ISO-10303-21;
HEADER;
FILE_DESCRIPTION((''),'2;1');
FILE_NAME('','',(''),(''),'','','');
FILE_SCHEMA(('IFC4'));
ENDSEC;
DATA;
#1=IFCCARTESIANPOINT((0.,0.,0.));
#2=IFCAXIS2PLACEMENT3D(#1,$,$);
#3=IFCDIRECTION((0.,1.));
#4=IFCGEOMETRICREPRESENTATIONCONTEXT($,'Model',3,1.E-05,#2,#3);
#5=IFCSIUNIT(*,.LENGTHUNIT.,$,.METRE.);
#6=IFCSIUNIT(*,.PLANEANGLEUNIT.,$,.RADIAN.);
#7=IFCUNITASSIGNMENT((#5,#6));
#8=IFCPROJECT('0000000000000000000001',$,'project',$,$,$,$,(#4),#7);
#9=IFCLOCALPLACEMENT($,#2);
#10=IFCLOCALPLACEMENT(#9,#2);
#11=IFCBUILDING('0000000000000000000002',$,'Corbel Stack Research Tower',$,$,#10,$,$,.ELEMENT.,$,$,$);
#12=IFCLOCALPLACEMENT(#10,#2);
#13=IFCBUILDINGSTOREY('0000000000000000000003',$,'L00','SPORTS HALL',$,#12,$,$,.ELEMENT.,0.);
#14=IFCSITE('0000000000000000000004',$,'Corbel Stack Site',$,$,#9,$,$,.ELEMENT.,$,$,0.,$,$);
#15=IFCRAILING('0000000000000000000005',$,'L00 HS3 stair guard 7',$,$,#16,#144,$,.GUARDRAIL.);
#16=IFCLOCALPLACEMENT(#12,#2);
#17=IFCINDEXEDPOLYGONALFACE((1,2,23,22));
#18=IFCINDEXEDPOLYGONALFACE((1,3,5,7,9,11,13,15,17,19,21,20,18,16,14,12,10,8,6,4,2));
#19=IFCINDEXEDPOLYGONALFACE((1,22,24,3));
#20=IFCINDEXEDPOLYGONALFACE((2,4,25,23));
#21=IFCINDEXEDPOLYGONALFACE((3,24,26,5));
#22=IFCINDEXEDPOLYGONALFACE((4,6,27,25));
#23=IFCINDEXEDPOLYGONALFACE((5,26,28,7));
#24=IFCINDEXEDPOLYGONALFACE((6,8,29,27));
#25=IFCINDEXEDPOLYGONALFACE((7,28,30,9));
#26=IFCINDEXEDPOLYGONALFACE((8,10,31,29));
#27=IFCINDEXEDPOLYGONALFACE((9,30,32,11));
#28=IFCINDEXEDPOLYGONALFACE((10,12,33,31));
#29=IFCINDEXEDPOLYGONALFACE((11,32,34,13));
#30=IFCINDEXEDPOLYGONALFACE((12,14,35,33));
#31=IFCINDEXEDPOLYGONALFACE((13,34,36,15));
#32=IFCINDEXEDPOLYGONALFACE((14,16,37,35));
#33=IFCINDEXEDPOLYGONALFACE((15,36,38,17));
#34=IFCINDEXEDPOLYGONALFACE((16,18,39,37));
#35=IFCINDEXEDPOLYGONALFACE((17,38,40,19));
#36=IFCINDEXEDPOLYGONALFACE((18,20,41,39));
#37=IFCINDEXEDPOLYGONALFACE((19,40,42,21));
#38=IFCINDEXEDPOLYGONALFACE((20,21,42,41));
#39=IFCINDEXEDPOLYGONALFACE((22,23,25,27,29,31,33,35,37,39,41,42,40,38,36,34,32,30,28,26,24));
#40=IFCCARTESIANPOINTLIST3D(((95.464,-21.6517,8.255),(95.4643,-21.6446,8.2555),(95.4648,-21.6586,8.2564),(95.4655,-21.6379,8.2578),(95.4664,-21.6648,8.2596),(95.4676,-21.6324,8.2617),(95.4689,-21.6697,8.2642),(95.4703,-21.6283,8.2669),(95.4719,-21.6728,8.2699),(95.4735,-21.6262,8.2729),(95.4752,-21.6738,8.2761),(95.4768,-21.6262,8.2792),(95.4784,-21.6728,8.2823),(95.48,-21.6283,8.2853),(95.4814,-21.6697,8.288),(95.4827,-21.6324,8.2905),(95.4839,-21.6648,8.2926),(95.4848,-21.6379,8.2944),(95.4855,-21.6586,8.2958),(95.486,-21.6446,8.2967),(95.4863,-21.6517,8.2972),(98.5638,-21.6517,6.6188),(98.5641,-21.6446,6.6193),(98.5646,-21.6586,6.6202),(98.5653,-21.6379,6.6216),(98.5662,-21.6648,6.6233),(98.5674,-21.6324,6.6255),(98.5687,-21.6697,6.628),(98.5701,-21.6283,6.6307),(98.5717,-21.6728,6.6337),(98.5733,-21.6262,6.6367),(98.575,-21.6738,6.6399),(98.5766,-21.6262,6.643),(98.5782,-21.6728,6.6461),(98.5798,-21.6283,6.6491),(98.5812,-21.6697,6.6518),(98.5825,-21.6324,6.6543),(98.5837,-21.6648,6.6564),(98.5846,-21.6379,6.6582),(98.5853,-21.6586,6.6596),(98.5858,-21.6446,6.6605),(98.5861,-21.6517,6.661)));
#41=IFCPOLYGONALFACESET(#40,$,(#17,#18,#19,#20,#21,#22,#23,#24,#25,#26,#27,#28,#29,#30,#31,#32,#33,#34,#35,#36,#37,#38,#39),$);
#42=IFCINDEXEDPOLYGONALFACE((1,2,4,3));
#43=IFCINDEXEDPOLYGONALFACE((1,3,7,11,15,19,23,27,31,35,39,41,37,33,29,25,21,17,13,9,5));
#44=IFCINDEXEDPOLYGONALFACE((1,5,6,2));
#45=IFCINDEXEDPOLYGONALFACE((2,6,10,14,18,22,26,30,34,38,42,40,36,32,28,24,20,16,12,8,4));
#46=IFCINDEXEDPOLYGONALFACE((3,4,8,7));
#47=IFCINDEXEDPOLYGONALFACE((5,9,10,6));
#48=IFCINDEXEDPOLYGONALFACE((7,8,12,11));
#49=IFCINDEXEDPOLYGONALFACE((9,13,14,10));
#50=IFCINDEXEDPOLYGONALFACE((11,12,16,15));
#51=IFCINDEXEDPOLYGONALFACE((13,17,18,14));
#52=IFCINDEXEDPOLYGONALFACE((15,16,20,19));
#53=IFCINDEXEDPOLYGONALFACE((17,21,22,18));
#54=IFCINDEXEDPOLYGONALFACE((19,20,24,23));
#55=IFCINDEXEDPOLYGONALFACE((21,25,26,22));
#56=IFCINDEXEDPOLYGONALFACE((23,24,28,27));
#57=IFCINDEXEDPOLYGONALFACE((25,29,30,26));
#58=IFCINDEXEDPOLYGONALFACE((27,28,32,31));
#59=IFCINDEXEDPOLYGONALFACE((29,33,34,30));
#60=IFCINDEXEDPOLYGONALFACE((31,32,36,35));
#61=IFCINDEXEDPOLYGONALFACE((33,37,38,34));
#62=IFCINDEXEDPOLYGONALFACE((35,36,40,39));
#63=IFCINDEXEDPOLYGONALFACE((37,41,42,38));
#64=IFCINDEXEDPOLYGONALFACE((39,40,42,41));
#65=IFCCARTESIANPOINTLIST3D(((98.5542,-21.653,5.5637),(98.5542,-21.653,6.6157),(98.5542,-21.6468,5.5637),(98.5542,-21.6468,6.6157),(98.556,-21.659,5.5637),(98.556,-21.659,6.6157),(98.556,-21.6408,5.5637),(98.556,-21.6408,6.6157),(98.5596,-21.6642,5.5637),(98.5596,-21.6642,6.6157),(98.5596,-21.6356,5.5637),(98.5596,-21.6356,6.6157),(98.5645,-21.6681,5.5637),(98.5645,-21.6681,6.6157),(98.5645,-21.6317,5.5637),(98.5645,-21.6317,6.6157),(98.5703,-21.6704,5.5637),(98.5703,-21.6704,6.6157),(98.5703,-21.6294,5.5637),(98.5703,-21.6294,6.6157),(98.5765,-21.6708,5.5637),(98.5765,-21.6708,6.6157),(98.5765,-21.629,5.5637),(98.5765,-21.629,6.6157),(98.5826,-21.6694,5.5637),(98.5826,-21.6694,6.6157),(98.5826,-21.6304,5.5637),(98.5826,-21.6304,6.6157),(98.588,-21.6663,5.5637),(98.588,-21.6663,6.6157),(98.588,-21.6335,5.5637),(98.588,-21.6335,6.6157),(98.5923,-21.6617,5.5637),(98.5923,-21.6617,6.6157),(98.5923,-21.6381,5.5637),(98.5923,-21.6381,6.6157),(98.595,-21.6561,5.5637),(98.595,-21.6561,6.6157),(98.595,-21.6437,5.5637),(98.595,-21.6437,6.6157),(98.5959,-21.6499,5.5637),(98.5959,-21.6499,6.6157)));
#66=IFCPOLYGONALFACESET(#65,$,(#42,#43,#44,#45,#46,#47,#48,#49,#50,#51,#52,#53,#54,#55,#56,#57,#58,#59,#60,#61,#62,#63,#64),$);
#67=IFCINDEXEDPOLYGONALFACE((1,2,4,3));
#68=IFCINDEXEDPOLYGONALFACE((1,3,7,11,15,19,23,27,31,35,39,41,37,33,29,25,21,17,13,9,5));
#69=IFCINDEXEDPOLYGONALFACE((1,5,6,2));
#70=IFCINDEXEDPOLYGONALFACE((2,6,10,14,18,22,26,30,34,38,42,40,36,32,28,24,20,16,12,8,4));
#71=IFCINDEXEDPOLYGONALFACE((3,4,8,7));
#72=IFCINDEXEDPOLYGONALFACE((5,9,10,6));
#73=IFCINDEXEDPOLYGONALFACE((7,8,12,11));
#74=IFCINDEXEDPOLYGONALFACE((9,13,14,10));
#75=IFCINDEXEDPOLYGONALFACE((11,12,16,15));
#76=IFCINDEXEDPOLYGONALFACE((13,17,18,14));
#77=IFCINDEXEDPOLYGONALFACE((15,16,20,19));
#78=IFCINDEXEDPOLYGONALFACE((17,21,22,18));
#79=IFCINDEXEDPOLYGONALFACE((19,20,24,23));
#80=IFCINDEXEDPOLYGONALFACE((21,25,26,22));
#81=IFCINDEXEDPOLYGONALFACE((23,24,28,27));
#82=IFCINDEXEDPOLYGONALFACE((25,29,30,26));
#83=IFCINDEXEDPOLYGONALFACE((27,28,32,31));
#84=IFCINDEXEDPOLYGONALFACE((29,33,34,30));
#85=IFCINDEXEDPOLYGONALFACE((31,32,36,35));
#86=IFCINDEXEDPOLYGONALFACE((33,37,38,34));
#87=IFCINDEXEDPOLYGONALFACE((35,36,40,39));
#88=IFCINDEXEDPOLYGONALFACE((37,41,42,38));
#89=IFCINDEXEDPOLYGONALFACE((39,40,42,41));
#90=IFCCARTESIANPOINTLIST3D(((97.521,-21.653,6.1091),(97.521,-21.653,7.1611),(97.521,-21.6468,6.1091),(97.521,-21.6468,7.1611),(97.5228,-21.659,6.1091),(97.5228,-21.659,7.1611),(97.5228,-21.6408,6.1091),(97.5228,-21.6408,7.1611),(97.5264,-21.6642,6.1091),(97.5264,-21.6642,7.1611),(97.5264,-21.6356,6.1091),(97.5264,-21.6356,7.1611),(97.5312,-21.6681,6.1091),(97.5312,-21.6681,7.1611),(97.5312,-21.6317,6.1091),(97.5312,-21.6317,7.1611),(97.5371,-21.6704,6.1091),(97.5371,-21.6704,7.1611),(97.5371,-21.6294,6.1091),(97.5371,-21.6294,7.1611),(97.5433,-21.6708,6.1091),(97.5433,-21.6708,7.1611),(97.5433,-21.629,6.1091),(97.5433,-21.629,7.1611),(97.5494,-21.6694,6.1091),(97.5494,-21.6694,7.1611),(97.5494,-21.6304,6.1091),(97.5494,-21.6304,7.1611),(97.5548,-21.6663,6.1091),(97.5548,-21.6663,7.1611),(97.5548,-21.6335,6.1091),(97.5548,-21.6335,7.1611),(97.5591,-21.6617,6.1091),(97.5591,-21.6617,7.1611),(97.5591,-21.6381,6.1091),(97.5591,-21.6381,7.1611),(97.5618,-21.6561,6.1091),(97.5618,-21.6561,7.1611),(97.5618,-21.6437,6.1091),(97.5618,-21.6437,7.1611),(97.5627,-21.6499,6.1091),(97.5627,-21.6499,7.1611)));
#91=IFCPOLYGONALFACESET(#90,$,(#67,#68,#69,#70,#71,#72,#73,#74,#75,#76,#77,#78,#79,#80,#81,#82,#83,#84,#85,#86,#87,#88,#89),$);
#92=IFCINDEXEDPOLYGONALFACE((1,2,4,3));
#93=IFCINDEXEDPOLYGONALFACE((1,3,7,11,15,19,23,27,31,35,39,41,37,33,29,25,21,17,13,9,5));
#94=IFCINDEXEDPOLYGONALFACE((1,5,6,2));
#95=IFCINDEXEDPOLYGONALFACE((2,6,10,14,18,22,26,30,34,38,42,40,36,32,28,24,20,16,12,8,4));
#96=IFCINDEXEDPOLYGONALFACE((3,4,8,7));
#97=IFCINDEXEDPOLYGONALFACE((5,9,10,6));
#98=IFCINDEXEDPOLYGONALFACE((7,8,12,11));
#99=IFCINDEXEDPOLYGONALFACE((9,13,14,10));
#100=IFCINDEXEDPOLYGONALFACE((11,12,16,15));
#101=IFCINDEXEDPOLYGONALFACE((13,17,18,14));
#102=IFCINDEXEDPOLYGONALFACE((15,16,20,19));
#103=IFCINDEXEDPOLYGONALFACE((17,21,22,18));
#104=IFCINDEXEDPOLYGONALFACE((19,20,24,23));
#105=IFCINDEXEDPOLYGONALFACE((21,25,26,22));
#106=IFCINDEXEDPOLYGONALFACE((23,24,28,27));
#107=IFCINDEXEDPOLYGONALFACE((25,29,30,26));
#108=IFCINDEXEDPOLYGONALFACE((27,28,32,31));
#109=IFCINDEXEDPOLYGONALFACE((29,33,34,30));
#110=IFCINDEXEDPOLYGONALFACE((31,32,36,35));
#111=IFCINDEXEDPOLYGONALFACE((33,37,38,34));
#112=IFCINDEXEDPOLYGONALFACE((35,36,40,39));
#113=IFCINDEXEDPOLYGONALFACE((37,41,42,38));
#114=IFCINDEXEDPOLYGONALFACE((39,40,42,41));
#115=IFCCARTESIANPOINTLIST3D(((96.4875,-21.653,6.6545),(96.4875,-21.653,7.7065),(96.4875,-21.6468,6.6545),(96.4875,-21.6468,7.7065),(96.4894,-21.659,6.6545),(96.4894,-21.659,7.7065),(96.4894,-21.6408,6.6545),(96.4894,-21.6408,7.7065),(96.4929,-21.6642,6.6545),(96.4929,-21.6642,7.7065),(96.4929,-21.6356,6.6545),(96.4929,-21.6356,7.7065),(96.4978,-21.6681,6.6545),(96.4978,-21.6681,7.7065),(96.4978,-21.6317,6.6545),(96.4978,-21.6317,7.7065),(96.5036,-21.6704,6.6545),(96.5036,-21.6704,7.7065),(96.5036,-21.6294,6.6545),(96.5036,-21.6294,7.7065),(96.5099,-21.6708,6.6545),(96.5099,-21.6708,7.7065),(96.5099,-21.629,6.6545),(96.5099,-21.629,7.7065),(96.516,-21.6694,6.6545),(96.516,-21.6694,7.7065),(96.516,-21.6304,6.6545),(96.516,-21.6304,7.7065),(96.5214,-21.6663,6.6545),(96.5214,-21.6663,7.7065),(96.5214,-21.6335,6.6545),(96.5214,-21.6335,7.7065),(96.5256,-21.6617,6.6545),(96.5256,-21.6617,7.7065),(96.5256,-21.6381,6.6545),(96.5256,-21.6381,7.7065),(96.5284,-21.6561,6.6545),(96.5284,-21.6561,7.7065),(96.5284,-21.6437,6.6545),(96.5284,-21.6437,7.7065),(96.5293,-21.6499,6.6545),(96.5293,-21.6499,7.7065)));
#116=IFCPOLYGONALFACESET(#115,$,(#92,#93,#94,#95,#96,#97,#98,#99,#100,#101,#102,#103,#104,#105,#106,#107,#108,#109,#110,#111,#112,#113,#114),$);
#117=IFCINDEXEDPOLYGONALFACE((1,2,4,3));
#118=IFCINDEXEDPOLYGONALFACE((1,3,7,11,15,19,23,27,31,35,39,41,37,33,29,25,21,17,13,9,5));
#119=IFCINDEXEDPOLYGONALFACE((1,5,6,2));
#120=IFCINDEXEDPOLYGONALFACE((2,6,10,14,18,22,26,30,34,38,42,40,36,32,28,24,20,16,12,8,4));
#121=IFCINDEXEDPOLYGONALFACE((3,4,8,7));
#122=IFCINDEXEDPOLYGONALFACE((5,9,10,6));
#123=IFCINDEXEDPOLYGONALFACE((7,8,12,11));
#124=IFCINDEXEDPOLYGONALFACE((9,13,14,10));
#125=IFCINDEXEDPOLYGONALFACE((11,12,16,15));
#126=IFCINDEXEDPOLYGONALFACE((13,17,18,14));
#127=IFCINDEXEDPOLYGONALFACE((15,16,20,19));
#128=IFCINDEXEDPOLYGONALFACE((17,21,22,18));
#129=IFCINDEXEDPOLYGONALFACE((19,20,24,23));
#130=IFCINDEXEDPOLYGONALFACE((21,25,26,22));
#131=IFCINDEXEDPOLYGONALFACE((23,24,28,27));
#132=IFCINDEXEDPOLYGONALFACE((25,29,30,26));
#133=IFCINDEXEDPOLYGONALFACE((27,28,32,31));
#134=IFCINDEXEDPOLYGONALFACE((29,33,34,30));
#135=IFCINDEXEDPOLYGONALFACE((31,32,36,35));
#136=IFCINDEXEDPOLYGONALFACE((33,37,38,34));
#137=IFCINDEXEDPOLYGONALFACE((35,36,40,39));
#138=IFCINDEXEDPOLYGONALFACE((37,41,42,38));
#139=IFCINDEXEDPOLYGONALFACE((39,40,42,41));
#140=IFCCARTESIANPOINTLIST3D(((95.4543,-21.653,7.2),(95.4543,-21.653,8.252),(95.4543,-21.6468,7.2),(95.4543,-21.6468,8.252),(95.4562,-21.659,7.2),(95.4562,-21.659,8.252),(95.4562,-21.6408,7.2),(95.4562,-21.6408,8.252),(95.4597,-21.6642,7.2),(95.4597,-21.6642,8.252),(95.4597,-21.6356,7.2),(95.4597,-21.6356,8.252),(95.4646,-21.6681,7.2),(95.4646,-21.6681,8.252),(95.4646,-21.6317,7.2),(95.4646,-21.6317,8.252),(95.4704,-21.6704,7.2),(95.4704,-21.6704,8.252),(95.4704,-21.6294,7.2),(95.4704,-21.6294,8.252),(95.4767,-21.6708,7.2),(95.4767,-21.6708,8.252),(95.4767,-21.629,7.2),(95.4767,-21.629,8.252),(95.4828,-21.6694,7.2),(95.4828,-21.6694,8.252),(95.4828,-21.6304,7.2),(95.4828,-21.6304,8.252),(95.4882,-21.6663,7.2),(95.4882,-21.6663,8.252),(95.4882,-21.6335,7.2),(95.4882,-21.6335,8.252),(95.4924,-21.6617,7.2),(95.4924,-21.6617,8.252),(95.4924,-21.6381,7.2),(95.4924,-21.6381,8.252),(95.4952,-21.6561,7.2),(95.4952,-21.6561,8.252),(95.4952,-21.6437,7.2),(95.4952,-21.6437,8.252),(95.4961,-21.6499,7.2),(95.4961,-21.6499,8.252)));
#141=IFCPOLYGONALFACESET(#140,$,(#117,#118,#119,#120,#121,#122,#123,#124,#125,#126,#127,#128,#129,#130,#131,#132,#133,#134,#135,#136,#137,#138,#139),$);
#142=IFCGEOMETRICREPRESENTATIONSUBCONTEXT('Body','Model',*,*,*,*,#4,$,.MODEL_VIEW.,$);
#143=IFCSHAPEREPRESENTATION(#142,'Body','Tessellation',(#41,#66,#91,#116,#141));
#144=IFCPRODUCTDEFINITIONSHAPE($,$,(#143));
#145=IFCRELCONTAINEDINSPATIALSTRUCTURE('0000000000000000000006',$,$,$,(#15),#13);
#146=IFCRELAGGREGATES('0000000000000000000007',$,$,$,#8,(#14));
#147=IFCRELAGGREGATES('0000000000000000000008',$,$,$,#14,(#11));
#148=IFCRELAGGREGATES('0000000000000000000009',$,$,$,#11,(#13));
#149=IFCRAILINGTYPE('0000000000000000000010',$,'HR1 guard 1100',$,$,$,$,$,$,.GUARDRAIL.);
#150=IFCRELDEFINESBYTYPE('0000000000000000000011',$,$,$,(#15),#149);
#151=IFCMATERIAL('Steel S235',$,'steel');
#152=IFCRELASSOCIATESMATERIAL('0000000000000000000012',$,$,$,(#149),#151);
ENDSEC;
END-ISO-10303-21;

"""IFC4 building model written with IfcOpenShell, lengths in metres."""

from ifc_helpers import new_model, si_unit, direction, frame, origin, origin_2d, place, context, subcontext, project, spatial, circle, extrude, material, type_object, element, save


model = new_model("IFC4")

# Units and contexts
model_context = context("Model", 3, precision=1e-05, world=origin(), true_north=direction((0.0, 1.0)))
body_context = subcontext(model_context, "Body", "Model", "MODEL_VIEW")
ifc_project = project(units=[si_unit("LENGTHUNIT", "METRE"), si_unit("PLANEANGLEUNIT", "RADIAN")], contexts=[model_context])

# Site, building, storey
site_placement = place(None, origin())
site = spatial("IfcSite", under=ifc_project, at=site_placement, Name="Corbel Stack Site", CompositionType="ELEMENT", RefElevation=0.0)
building_placement = place(site_placement, origin())
building = spatial("IfcBuilding", under=site, at=building_placement, Name="Corbel Stack Research Tower", CompositionType="ELEMENT")
storey_placement = place(building_placement, origin())
storey = spatial("IfcBuildingStorey", under=building, at=storey_placement, Name="L00", Description="SPORTS HALL", CompositionType="ELEMENT", Elevation=0.0)

# Railing
ifc_material_1 = material(Name="Steel S235", Category="steel")
railing_type_1 = type_object("IfcRailingType", Name="HR1 guard 1100", PredefinedType="GUARDRAIL", material=ifc_material_1)
railing_1_placement = place(storey_placement, frame((98.575, -21.6499, 5.5637)))
element("IfcRailing", 1, at=railing_1_placement, inside=storey, type_object=railing_type_1, Name="L00 HS3 stair guard 7", PredefinedType="GUARDRAIL", context=body_context, shape_type="SweptSolid", body=[
    extrude(circle(Radius=0.0239, at=origin_2d()), frame((0.0, 0.0, 1.0762), z_axis=(-0.884362, 0.0, 0.466803), x_axis=(0.0, -1.0, 0.0)), (0.0, 0.0, 1.0), 3.5051),
    extrude(circle(Radius=0.021, at=origin_2d()), origin(), (0.0, 0.0, 1.0), 1.052),
    extrude(circle(Radius=0.021, at=origin_2d()), frame((-1.0332, 0.0, 0.5454)), (0.0, 0.0, 1.0), 1.052),
    extrude(circle(Radius=0.021, at=origin_2d()), frame((-2.0667, 0.0, 1.0908)), (0.0, 0.0, 1.0), 1.052),
    extrude(circle(Radius=0.021, at=origin_2d()), frame((-3.0999, 0.0, 1.6362)), (0.0, 0.0, 1.0), 1.052),
])

save(model, "model.ifc")
